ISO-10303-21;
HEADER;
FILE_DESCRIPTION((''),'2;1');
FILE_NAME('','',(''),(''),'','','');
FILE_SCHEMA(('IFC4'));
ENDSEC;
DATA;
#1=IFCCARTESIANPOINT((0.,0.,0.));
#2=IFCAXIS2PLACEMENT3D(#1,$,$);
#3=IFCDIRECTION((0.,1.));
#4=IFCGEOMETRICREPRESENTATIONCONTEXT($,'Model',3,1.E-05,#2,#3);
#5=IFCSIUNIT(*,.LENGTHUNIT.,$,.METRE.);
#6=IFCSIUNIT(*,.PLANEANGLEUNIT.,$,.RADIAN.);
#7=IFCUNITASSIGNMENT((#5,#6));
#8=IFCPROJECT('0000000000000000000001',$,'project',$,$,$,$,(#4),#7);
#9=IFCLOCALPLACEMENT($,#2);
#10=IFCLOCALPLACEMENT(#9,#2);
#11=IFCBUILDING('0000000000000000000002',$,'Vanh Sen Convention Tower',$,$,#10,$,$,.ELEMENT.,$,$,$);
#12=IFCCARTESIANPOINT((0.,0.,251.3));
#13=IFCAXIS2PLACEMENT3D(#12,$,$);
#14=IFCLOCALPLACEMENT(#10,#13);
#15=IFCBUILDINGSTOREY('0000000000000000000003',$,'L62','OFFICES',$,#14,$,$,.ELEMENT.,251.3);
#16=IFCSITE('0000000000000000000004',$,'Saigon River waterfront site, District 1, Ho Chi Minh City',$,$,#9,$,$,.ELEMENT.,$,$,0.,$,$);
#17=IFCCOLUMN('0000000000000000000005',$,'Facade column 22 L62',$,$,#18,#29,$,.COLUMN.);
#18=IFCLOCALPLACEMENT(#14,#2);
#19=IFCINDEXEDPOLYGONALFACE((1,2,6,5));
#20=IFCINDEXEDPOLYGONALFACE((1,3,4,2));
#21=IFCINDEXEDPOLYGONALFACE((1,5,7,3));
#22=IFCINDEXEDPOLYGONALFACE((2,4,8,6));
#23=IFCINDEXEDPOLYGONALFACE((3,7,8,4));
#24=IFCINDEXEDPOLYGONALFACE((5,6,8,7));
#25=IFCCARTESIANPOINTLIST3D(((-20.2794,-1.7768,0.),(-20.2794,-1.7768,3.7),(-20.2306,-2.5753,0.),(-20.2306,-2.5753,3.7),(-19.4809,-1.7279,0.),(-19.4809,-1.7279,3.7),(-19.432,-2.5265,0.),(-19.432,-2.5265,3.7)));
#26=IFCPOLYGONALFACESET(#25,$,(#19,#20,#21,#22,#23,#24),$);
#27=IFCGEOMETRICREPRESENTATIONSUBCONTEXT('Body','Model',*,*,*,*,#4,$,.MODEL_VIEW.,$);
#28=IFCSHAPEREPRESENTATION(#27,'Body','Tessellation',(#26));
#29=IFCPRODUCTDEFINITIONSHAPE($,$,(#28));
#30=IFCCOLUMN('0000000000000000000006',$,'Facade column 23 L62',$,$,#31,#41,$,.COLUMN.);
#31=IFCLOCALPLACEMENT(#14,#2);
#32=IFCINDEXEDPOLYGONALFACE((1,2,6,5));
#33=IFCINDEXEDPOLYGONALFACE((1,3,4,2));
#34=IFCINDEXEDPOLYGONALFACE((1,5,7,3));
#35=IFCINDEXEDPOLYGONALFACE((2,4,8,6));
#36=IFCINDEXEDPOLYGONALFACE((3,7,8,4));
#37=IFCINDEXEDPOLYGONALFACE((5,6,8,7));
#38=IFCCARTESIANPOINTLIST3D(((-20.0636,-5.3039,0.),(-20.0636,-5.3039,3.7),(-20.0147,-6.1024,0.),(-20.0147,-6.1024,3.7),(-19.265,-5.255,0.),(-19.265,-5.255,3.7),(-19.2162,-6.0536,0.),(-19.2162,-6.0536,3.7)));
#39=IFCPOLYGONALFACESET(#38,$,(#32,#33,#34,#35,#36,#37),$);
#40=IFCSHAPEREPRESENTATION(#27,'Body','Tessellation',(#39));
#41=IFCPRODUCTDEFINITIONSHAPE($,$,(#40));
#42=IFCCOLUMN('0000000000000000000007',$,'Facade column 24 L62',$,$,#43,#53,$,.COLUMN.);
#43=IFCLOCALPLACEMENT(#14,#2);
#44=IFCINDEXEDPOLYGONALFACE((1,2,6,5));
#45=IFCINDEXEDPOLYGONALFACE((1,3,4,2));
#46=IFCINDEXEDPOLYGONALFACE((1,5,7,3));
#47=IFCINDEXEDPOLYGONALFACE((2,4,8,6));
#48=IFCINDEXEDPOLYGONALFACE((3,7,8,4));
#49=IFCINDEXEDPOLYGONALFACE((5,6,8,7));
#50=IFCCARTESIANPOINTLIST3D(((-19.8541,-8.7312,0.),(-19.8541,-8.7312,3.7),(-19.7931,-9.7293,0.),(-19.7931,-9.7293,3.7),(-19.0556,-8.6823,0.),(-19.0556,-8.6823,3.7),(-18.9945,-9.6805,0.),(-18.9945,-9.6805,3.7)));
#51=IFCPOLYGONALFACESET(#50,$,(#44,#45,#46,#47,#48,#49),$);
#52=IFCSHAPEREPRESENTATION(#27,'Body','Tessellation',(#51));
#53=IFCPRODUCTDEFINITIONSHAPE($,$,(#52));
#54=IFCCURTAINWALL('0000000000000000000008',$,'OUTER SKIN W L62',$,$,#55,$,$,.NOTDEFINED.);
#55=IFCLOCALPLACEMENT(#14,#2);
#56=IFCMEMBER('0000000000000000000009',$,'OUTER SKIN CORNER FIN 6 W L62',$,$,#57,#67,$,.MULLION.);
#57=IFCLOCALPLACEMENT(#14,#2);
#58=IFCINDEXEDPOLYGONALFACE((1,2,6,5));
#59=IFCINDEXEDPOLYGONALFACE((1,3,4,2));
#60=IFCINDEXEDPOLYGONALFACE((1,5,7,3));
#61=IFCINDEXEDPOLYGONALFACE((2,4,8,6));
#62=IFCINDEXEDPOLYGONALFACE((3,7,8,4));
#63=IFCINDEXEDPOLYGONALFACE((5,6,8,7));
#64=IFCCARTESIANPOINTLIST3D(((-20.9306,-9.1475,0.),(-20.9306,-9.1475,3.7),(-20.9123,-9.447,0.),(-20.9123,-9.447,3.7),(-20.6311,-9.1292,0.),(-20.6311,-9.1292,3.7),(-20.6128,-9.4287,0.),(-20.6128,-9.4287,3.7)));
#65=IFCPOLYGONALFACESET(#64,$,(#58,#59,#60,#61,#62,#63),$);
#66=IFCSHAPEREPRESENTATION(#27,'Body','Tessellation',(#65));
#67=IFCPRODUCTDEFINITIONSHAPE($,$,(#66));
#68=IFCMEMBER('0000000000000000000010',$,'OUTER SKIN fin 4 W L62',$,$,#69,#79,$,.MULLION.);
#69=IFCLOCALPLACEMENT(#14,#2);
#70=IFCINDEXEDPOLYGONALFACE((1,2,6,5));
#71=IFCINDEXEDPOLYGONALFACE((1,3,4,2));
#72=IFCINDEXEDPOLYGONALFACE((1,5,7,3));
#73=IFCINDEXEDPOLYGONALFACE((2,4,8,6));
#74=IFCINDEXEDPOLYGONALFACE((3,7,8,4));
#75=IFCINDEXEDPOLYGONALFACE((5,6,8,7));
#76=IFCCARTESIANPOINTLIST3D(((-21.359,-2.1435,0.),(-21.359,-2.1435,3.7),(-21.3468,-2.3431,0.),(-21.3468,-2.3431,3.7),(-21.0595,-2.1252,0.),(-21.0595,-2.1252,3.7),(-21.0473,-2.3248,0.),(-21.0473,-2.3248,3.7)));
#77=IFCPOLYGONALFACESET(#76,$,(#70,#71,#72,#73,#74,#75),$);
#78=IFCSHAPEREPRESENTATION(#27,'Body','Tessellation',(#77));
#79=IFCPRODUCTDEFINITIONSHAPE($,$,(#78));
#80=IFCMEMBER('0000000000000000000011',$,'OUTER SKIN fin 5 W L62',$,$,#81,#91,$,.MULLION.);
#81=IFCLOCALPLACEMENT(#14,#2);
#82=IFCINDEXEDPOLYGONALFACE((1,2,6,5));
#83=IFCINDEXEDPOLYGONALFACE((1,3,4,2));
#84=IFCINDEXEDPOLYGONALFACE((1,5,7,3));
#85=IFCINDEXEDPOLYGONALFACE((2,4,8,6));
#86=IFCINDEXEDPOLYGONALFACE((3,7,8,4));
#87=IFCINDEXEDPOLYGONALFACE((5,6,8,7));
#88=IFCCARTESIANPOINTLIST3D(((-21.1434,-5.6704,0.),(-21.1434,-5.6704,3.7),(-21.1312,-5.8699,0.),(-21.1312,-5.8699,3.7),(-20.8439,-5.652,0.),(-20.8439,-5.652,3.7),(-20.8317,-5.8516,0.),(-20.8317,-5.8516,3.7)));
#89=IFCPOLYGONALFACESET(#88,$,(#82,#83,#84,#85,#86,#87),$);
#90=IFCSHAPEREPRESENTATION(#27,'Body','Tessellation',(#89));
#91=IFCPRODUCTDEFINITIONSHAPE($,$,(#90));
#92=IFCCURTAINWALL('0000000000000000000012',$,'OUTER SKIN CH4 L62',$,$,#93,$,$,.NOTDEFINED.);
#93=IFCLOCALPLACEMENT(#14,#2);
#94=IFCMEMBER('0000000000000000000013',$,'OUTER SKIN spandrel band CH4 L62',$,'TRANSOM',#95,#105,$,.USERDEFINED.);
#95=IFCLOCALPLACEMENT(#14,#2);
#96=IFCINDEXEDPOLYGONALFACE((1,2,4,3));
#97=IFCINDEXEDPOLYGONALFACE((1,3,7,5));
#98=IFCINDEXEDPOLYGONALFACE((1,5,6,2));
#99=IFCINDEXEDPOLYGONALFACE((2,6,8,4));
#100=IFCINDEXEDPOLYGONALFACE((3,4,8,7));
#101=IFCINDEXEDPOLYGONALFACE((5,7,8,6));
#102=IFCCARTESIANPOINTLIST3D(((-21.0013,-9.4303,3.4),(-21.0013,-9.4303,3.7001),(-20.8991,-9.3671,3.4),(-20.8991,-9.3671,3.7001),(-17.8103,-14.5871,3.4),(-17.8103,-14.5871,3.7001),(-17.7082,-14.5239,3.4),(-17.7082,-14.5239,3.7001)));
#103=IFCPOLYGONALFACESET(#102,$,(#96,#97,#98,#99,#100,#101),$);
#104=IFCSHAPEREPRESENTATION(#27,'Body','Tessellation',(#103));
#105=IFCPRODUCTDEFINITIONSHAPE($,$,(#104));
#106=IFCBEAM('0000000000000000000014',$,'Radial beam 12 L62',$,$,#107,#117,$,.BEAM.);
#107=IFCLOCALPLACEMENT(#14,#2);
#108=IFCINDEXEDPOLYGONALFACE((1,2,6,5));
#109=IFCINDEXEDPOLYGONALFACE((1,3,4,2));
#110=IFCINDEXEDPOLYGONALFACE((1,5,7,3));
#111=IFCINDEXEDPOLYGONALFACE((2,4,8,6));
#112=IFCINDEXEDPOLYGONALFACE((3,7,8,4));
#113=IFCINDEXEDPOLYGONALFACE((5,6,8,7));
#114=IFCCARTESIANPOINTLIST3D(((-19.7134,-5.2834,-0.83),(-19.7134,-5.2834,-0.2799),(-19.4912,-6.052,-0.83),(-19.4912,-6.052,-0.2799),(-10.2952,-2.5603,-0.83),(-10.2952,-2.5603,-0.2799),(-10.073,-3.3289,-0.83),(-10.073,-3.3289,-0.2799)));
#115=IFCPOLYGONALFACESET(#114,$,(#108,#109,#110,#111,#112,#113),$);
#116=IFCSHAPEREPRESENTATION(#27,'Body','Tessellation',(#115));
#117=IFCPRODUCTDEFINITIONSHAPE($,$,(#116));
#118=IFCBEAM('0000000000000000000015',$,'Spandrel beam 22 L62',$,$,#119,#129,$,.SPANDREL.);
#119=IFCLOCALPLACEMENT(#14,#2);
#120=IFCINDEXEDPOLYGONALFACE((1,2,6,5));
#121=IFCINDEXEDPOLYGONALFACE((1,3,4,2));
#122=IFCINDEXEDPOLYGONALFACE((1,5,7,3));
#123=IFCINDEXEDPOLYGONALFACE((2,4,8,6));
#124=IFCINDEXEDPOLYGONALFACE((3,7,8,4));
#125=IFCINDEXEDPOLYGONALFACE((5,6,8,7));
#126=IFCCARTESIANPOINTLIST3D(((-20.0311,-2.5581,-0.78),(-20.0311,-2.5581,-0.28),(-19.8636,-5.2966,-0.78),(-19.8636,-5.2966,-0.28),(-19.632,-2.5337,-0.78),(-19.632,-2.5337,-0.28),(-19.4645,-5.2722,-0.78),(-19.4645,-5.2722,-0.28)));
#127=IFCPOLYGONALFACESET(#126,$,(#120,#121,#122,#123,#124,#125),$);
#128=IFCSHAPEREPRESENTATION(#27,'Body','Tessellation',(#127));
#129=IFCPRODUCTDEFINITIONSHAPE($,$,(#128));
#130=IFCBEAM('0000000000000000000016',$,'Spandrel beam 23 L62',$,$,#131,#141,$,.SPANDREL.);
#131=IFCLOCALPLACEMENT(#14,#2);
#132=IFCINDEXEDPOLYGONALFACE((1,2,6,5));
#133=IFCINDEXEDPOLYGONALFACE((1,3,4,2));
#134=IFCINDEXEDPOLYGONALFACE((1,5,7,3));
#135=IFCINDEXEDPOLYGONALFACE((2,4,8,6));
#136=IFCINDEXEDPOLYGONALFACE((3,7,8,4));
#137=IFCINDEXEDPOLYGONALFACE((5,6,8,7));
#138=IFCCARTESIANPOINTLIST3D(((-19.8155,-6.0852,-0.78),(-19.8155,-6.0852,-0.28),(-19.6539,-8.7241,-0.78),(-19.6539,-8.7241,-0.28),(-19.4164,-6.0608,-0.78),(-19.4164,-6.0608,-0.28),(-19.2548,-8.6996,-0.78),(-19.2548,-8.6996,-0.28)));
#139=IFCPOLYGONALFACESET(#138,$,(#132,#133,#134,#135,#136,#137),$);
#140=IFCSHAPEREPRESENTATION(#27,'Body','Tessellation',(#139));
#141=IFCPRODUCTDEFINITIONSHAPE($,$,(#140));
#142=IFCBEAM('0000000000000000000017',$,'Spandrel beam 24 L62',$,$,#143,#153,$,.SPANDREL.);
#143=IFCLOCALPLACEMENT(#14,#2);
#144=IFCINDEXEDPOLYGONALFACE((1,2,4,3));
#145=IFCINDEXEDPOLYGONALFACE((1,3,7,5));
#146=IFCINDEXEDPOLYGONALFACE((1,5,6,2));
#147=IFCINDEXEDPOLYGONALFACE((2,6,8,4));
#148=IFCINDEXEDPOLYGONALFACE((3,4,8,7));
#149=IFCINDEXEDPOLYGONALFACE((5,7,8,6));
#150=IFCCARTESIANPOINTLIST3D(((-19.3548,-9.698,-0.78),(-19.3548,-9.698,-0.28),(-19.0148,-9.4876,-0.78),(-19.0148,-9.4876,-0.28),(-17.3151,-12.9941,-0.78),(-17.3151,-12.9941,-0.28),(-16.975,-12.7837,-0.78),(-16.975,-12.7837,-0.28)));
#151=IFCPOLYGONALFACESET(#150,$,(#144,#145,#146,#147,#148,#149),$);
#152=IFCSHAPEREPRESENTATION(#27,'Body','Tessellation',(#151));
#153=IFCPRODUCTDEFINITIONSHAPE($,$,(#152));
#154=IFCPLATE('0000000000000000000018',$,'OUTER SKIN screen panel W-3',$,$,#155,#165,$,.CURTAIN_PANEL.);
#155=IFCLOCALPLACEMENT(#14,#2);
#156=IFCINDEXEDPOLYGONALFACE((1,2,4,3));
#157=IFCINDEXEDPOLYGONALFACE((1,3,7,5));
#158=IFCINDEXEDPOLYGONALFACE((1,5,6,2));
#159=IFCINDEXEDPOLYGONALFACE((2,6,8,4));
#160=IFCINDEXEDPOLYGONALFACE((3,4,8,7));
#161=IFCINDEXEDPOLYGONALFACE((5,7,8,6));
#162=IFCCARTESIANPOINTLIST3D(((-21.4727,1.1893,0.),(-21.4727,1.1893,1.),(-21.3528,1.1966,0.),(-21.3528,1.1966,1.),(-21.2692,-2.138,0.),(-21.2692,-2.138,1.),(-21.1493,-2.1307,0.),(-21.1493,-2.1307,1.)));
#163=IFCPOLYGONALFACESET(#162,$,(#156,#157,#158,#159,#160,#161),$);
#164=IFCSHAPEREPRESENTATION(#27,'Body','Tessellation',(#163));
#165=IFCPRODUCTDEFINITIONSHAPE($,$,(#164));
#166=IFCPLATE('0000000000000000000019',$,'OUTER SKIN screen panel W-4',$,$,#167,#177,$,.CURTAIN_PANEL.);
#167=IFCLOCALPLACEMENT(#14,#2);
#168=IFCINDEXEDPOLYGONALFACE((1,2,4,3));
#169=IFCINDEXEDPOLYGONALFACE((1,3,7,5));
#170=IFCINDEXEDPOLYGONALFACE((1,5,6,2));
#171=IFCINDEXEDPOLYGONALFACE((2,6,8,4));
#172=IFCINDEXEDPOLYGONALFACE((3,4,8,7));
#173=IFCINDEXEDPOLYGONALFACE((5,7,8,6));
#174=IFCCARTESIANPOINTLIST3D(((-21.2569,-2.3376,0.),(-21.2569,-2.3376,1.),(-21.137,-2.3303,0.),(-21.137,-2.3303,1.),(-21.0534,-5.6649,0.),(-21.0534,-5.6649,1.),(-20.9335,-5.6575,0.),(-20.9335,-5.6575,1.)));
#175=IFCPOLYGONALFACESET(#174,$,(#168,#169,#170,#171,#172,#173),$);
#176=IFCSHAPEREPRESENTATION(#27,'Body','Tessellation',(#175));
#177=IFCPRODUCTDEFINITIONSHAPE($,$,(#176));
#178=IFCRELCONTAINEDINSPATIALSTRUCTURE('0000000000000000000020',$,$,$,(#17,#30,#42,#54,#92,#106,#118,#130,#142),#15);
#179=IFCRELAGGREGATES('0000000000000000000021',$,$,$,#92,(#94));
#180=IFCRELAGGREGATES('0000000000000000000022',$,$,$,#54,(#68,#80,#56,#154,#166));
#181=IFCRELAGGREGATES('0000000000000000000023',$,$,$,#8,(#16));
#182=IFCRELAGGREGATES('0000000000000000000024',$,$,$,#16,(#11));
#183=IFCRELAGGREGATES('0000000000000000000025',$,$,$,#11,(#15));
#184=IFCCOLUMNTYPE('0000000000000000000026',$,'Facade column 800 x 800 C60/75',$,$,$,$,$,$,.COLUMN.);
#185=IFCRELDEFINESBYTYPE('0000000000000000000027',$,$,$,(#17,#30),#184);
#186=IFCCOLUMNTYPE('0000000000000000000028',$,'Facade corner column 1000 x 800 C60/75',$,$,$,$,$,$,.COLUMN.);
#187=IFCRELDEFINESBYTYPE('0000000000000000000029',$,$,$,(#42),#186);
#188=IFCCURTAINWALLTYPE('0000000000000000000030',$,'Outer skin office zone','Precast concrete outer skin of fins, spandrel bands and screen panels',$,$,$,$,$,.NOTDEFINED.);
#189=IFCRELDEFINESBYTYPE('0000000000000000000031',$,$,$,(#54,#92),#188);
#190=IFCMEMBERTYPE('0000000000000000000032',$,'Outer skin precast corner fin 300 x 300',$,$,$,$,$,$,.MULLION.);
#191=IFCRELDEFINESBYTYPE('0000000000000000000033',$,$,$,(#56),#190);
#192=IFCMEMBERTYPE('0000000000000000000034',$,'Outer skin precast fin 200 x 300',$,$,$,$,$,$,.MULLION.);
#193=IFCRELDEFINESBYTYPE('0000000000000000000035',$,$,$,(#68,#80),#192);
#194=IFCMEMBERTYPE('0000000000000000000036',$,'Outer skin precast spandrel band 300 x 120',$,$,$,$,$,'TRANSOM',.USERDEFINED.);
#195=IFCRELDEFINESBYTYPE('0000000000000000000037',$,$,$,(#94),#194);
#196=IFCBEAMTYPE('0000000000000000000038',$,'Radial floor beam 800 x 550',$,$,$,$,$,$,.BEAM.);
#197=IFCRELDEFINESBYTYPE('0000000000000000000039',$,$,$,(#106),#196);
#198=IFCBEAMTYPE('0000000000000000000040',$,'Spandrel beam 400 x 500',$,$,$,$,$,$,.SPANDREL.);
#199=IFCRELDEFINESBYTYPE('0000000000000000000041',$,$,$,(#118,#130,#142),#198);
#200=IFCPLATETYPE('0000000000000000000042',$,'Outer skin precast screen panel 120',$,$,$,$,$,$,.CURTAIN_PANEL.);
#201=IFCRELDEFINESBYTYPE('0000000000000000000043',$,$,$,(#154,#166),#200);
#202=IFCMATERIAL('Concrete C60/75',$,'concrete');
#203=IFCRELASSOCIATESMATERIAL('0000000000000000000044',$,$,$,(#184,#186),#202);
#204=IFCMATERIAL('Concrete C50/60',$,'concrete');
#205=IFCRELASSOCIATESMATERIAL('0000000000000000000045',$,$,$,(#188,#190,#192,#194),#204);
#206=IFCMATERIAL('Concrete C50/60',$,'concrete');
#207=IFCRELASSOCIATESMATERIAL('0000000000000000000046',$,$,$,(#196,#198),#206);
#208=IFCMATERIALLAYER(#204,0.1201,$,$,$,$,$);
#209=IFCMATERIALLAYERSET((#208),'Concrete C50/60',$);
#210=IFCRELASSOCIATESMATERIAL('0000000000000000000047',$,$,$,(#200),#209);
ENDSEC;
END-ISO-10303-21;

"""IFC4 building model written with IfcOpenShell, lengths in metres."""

from ifc_helpers import new_model, si_unit, direction, frame, origin, origin_2d, place, context, subcontext, project, spatial, rectangle, extrude, material, layer, layer_set, material_profile, profile_set, type_object, element, aggregate, save


model = new_model("IFC4")

# Units and contexts
model_context = context("Model", 3, precision=1e-05, world=origin(), true_north=direction((0.0, 1.0)))
body_context = subcontext(model_context, "Body", "Model", "MODEL_VIEW")
ifc_project = project(units=[si_unit("LENGTHUNIT", "METRE"), si_unit("PLANEANGLEUNIT", "RADIAN")], contexts=[model_context])

# Site, building, storey
site_placement = place(None, origin())
site = spatial("IfcSite", under=ifc_project, at=site_placement, Name="Saigon River waterfront site, District 1, Ho Chi Minh City", CompositionType="ELEMENT", RefElevation=0.0)
building_placement = place(site_placement, origin())
building = spatial("IfcBuilding", under=site, at=building_placement, Name="Vanh Sen Convention Tower", CompositionType="ELEMENT")
storey_placement = place(building_placement, frame((0.0, 0.0, 251.3)))
storey = spatial("IfcBuildingStorey", under=building, at=storey_placement, Name="L62", Description="OFFICES", CompositionType="ELEMENT", Elevation=251.3)

# Columns
ifc_material_1 = material(Name="Concrete C60/75", Category="concrete")
ifc_material_profile_1 = material_profile(ifc_material_1, rectangle(XDim=0.8, YDim=0.8, at=origin_2d()), Name="RC 800X800")
ifc_profile_set_1 = profile_set([ifc_material_profile_1], Name="Concrete C60/75")
column_type_1 = type_object("IfcColumnType", Name="Facade column 800 x 800 C60/75", PredefinedType="COLUMN", material=ifc_profile_set_1)
for number, where, z_axis, x_axis, name in (
    (1, (-19.8557, -2.1516, 0.0), (0.0, 0.0, 1.0), (0.061049, -0.998135, 0.0), "Facade column 22 L62"),
    (2, (-19.6399, -5.6787, 0.0), (0.0, 0.0, 1.0), (0.061049, -0.998135, 0.0), "Facade column 23 L62"),
):
    element("IfcColumn", number, at=place(storey_placement, frame(where, z_axis=z_axis, x_axis=x_axis)), inside=storey, type_object=column_type_1, Name=name, PredefinedType="COLUMN", context=body_context, shape_type="SweptSolid", body=[
        extrude(rectangle(XDim=0.8, YDim=0.8, at=origin_2d()), origin(), (0.0, 0.0, 1.0), 3.7),
    ])
ifc_material_profile_2 = material_profile(ifc_material_1, rectangle(XDim=1.0, YDim=0.8, at=origin_2d()), Name="RC 1000X800")
ifc_profile_set_2 = profile_set([ifc_material_profile_2], Name="Concrete C60/75")
column_type_2 = type_object("IfcColumnType", Name="Facade corner column 1000 x 800 C60/75", PredefinedType="COLUMN", material=ifc_profile_set_2)
column_placement = place(storey_placement, frame((-19.4243, -9.2058, 0.0), z_axis=(0.0, 0.0, 1.0), x_axis=(0.061049, -0.998135, 0.0)))
element("IfcColumn", 3, at=column_placement, inside=storey, type_object=column_type_2, Name="Facade column 24 L62", PredefinedType="COLUMN", context=body_context, shape_type="SweptSolid", body=[
    extrude(rectangle(XDim=1.0, YDim=0.8, at=origin_2d()), origin(), (0.0, 0.0, 1.0), 3.7),
])

# Curtain wall, members
ifc_material_2 = material(Name="Concrete C50/60", Category="concrete")
curtain_wall_type = type_object("IfcCurtainWallType", Name="Outer skin office zone", Description="Precast concrete outer skin of fins, spandrel bands and screen panels", PredefinedType="NOTDEFINED", material=ifc_material_2)
curtain_wall_1_placement = place(storey_placement, origin())
curtain_wall_1 = element("IfcCurtainWall", 4, at=curtain_wall_1_placement, inside=storey, type_object=curtain_wall_type, Name="OUTER SKIN W L62", PredefinedType="NOTDEFINED")
ifc_material_profile_3 = material_profile(ifc_material_2, rectangle(XDim=0.3, YDim=0.3, at=origin_2d()), Name="Outer skin precast corner fin 300 x 300")
ifc_profile_set_3 = profile_set([ifc_material_profile_3], Name="Concrete C50/60")
member_type_1 = type_object("IfcMemberType", Name="Outer skin precast corner fin 300 x 300", PredefinedType="MULLION", material=ifc_profile_set_3)
member_1_placement = place(storey_placement, frame((-20.7717, -9.2881, 0.0), z_axis=(0.0, 0.0, 1.0), x_axis=(0.061049, -0.998135, 0.0)))
member_1 = element("IfcMember", 5, at=member_1_placement, type_object=member_type_1, Name="OUTER SKIN CORNER FIN 6 W L62", PredefinedType="MULLION", context=body_context, shape_type="SweptSolid", body=[
    extrude(rectangle(XDim=0.3, YDim=0.3, at=origin_2d()), origin(), (0.0, 0.0, 1.0), 3.7),
])
ifc_material_profile_4 = material_profile(ifc_material_2, rectangle(XDim=0.2, YDim=0.3, at=origin_2d()), Name="Outer skin precast fin 200 x 300")
ifc_profile_set_4 = profile_set([ifc_material_profile_4], Name="Concrete C50/60")
member_type_2 = type_object("IfcMemberType", Name="Outer skin precast fin 200 x 300", PredefinedType="MULLION", material=ifc_profile_set_4)
member_2_placement = place(storey_placement, frame((-21.2031, -2.2341, 0.0), z_axis=(0.0, 0.0, 1.0), x_axis=(0.061049, -0.998135, 0.0)))
member_2 = element("IfcMember", 6, at=member_2_placement, type_object=member_type_2, Name="OUTER SKIN fin 4 W L62", PredefinedType="MULLION", context=body_context, shape_type="SweptSolid", body=[
    extrude(rectangle(XDim=0.2, YDim=0.3, at=origin_2d()), origin(), (0.0, 0.0, 1.0), 3.7),
])
member_3_placement = place(storey_placement, frame((-20.9875, -5.761, 0.0), z_axis=(0.0, 0.0, 1.0), x_axis=(0.061049, -0.998135, 0.0)))
member_3 = element("IfcMember", 7, at=member_3_placement, type_object=member_type_2, Name="OUTER SKIN fin 5 W L62", PredefinedType="MULLION", context=body_context, shape_type="SweptSolid", body=[
    extrude(rectangle(XDim=0.2, YDim=0.3, at=origin_2d()), origin(), (0.0, 0.0, 1.0), 3.7),
])

# Curtain wall, member
curtain_wall_2_placement = place(storey_placement, origin())
curtain_wall_2 = element("IfcCurtainWall", 8, at=curtain_wall_2_placement, inside=storey, type_object=curtain_wall_type, Name="OUTER SKIN CH4 L62", PredefinedType="NOTDEFINED")
ifc_material_profile_5 = material_profile(ifc_material_2, rectangle(XDim=0.1201, YDim=0.3, at=origin_2d()), Name="Outer skin precast spandrel band 300 x 120")
ifc_profile_set_5 = profile_set([ifc_material_profile_5], Name="Concrete C50/60")
member_type_3 = type_object("IfcMemberType", Name="Outer skin precast spandrel band 300 x 120", ElementType="TRANSOM", PredefinedType="USERDEFINED", material=ifc_profile_set_5)
member_4_placement = place(storey_placement, frame((-20.9502, -9.3987, 3.55), z_axis=(0.526194, -0.850365, 0.0), x_axis=(0.850365, 0.526194, 0.0)))
member_4 = element("IfcMember", 9, at=member_4_placement, type_object=member_type_3, Name="OUTER SKIN spandrel band CH4 L62", ObjectType="TRANSOM", PredefinedType="USERDEFINED", context=body_context, shape_type="SweptSolid", body=[
    extrude(rectangle(XDim=0.1201, YDim=0.3, at=origin_2d()), origin(), (0.0, 0.0, 1.0), 6.0642),
])
aggregate(curtain_wall_2, [member_4])

# Beams
ifc_material_3 = material(Name="Concrete C50/60", Category="concrete")
ifc_material_profile_6 = material_profile(ifc_material_3, rectangle(XDim=0.8, YDim=0.55, at=origin_2d()), Name="RC 800X550")
ifc_profile_set_6 = profile_set([ifc_material_profile_6], Name="Concrete C50/60")
beam_type_1 = type_object("IfcBeamType", Name="Radial floor beam 800 x 550", PredefinedType="BEAM", material=ifc_profile_set_6)
beam_1_placement = place(storey_placement, frame((-19.6023, -5.6677, -0.5549), z_axis=(0.960651, 0.277759, 0.0), x_axis=(-0.277759, 0.960651, 0.0)))
element("IfcBeam", 10, at=beam_1_placement, inside=storey, type_object=beam_type_1, Name="Radial beam 12 L62", PredefinedType="BEAM", context=body_context, shape_type="SweptSolid", body=[
    extrude(rectangle(XDim=0.8, YDim=0.55, at=origin_2d()), origin(), (0.0, 0.0, 1.0), 9.804),
])
ifc_material_profile_7 = material_profile(ifc_material_3, rectangle(XDim=0.3999, YDim=0.5, at=origin_2d()), Name="RC 400X500")
ifc_profile_set_7 = profile_set([ifc_material_profile_7], Name="Concrete C50/60")
beam_type_2 = type_object("IfcBeamType", Name="Spandrel beam 400 x 500", PredefinedType="SPANDREL", material=ifc_profile_set_7)
beam_2_placement = place(storey_placement, frame((-19.8315, -2.5459, -0.53), z_axis=(0.061043, -0.998135, 0.0), x_axis=(0.998135, 0.061043, 0.0)))
element("IfcBeam", 11, at=beam_2_placement, inside=storey, type_object=beam_type_2, Name="Spandrel beam 22 L62", PredefinedType="SPANDREL", context=body_context, shape_type="SweptSolid", body=[
    extrude(rectangle(XDim=0.3999, YDim=0.5, at=origin_2d()), origin(), (0.0, 0.0, 1.0), 2.7437),
])
beam_3_placement = place(storey_placement, frame((-19.616, -6.073, -0.53), z_axis=(0.061131, -0.99813, 0.0), x_axis=(0.99813, 0.061131, 0.0)))
element("IfcBeam", 12, at=beam_3_placement, inside=storey, type_object=beam_type_2, Name="Spandrel beam 23 L62", PredefinedType="SPANDREL", context=body_context, shape_type="SweptSolid", body=[
    extrude(rectangle(XDim=0.3999, YDim=0.5, at=origin_2d()), origin(), (0.0, 0.0, 1.0), 2.6438),
])
beam_4_placement = place(storey_placement, frame((-19.1848, -9.5928, -0.53), z_axis=(0.526229, -0.850343, 0.0), x_axis=(0.850343, 0.526229, 0.0)))
element("IfcBeam", 13, at=beam_4_placement, inside=storey, type_object=beam_type_2, Name="Spandrel beam 24 L62", PredefinedType="SPANDREL", context=body_context, shape_type="SweptSolid", body=[
    extrude(rectangle(XDim=0.3999, YDim=0.5, at=origin_2d()), origin(), (0.0, 0.0, 1.0), 3.8762),
])

# Plates
ifc_layer_1 = layer(ifc_material_2, 0.1201)
ifc_layer_set_1 = layer_set([ifc_layer_1], Name="Concrete C50/60")
plate_type = type_object("IfcPlateType", Name="Outer skin precast screen panel 120", PredefinedType="CURTAIN_PANEL", material=ifc_layer_set_1)
plate_1_placement = place(storey_placement, frame((-21.311, -0.4707, 0.0), z_axis=(0.0, 0.0, 1.0), x_axis=(0.061043, -0.998135, 0.0)))
plate_1 = element("IfcPlate", 14, at=plate_1_placement, type_object=plate_type, Name="OUTER SKIN screen panel W-3", PredefinedType="CURTAIN_PANEL", context=body_context, shape_type="SweptSolid", body=[
    extrude(rectangle(XDim=3.3335, YDim=0.1201, at=origin_2d()), origin(), (0.0, 0.0, 1.0), 1.0),
])
plate_2_placement = place(storey_placement, frame((-21.0952, -3.9976, 0.0), z_axis=(0.0, 0.0, 1.0), x_axis=(0.061043, -0.998135, 0.0)))
plate_2 = element("IfcPlate", 15, at=plate_2_placement, type_object=plate_type, Name="OUTER SKIN screen panel W-4", PredefinedType="CURTAIN_PANEL", context=body_context, shape_type="SweptSolid", body=[
    extrude(rectangle(XDim=3.3335, YDim=0.1201, at=origin_2d()), origin(), (0.0, 0.0, 1.0), 1.0),
])
aggregate(curtain_wall_1, [member_2, member_3, member_1, plate_1, plate_2])

save(model, "model.ifc")
